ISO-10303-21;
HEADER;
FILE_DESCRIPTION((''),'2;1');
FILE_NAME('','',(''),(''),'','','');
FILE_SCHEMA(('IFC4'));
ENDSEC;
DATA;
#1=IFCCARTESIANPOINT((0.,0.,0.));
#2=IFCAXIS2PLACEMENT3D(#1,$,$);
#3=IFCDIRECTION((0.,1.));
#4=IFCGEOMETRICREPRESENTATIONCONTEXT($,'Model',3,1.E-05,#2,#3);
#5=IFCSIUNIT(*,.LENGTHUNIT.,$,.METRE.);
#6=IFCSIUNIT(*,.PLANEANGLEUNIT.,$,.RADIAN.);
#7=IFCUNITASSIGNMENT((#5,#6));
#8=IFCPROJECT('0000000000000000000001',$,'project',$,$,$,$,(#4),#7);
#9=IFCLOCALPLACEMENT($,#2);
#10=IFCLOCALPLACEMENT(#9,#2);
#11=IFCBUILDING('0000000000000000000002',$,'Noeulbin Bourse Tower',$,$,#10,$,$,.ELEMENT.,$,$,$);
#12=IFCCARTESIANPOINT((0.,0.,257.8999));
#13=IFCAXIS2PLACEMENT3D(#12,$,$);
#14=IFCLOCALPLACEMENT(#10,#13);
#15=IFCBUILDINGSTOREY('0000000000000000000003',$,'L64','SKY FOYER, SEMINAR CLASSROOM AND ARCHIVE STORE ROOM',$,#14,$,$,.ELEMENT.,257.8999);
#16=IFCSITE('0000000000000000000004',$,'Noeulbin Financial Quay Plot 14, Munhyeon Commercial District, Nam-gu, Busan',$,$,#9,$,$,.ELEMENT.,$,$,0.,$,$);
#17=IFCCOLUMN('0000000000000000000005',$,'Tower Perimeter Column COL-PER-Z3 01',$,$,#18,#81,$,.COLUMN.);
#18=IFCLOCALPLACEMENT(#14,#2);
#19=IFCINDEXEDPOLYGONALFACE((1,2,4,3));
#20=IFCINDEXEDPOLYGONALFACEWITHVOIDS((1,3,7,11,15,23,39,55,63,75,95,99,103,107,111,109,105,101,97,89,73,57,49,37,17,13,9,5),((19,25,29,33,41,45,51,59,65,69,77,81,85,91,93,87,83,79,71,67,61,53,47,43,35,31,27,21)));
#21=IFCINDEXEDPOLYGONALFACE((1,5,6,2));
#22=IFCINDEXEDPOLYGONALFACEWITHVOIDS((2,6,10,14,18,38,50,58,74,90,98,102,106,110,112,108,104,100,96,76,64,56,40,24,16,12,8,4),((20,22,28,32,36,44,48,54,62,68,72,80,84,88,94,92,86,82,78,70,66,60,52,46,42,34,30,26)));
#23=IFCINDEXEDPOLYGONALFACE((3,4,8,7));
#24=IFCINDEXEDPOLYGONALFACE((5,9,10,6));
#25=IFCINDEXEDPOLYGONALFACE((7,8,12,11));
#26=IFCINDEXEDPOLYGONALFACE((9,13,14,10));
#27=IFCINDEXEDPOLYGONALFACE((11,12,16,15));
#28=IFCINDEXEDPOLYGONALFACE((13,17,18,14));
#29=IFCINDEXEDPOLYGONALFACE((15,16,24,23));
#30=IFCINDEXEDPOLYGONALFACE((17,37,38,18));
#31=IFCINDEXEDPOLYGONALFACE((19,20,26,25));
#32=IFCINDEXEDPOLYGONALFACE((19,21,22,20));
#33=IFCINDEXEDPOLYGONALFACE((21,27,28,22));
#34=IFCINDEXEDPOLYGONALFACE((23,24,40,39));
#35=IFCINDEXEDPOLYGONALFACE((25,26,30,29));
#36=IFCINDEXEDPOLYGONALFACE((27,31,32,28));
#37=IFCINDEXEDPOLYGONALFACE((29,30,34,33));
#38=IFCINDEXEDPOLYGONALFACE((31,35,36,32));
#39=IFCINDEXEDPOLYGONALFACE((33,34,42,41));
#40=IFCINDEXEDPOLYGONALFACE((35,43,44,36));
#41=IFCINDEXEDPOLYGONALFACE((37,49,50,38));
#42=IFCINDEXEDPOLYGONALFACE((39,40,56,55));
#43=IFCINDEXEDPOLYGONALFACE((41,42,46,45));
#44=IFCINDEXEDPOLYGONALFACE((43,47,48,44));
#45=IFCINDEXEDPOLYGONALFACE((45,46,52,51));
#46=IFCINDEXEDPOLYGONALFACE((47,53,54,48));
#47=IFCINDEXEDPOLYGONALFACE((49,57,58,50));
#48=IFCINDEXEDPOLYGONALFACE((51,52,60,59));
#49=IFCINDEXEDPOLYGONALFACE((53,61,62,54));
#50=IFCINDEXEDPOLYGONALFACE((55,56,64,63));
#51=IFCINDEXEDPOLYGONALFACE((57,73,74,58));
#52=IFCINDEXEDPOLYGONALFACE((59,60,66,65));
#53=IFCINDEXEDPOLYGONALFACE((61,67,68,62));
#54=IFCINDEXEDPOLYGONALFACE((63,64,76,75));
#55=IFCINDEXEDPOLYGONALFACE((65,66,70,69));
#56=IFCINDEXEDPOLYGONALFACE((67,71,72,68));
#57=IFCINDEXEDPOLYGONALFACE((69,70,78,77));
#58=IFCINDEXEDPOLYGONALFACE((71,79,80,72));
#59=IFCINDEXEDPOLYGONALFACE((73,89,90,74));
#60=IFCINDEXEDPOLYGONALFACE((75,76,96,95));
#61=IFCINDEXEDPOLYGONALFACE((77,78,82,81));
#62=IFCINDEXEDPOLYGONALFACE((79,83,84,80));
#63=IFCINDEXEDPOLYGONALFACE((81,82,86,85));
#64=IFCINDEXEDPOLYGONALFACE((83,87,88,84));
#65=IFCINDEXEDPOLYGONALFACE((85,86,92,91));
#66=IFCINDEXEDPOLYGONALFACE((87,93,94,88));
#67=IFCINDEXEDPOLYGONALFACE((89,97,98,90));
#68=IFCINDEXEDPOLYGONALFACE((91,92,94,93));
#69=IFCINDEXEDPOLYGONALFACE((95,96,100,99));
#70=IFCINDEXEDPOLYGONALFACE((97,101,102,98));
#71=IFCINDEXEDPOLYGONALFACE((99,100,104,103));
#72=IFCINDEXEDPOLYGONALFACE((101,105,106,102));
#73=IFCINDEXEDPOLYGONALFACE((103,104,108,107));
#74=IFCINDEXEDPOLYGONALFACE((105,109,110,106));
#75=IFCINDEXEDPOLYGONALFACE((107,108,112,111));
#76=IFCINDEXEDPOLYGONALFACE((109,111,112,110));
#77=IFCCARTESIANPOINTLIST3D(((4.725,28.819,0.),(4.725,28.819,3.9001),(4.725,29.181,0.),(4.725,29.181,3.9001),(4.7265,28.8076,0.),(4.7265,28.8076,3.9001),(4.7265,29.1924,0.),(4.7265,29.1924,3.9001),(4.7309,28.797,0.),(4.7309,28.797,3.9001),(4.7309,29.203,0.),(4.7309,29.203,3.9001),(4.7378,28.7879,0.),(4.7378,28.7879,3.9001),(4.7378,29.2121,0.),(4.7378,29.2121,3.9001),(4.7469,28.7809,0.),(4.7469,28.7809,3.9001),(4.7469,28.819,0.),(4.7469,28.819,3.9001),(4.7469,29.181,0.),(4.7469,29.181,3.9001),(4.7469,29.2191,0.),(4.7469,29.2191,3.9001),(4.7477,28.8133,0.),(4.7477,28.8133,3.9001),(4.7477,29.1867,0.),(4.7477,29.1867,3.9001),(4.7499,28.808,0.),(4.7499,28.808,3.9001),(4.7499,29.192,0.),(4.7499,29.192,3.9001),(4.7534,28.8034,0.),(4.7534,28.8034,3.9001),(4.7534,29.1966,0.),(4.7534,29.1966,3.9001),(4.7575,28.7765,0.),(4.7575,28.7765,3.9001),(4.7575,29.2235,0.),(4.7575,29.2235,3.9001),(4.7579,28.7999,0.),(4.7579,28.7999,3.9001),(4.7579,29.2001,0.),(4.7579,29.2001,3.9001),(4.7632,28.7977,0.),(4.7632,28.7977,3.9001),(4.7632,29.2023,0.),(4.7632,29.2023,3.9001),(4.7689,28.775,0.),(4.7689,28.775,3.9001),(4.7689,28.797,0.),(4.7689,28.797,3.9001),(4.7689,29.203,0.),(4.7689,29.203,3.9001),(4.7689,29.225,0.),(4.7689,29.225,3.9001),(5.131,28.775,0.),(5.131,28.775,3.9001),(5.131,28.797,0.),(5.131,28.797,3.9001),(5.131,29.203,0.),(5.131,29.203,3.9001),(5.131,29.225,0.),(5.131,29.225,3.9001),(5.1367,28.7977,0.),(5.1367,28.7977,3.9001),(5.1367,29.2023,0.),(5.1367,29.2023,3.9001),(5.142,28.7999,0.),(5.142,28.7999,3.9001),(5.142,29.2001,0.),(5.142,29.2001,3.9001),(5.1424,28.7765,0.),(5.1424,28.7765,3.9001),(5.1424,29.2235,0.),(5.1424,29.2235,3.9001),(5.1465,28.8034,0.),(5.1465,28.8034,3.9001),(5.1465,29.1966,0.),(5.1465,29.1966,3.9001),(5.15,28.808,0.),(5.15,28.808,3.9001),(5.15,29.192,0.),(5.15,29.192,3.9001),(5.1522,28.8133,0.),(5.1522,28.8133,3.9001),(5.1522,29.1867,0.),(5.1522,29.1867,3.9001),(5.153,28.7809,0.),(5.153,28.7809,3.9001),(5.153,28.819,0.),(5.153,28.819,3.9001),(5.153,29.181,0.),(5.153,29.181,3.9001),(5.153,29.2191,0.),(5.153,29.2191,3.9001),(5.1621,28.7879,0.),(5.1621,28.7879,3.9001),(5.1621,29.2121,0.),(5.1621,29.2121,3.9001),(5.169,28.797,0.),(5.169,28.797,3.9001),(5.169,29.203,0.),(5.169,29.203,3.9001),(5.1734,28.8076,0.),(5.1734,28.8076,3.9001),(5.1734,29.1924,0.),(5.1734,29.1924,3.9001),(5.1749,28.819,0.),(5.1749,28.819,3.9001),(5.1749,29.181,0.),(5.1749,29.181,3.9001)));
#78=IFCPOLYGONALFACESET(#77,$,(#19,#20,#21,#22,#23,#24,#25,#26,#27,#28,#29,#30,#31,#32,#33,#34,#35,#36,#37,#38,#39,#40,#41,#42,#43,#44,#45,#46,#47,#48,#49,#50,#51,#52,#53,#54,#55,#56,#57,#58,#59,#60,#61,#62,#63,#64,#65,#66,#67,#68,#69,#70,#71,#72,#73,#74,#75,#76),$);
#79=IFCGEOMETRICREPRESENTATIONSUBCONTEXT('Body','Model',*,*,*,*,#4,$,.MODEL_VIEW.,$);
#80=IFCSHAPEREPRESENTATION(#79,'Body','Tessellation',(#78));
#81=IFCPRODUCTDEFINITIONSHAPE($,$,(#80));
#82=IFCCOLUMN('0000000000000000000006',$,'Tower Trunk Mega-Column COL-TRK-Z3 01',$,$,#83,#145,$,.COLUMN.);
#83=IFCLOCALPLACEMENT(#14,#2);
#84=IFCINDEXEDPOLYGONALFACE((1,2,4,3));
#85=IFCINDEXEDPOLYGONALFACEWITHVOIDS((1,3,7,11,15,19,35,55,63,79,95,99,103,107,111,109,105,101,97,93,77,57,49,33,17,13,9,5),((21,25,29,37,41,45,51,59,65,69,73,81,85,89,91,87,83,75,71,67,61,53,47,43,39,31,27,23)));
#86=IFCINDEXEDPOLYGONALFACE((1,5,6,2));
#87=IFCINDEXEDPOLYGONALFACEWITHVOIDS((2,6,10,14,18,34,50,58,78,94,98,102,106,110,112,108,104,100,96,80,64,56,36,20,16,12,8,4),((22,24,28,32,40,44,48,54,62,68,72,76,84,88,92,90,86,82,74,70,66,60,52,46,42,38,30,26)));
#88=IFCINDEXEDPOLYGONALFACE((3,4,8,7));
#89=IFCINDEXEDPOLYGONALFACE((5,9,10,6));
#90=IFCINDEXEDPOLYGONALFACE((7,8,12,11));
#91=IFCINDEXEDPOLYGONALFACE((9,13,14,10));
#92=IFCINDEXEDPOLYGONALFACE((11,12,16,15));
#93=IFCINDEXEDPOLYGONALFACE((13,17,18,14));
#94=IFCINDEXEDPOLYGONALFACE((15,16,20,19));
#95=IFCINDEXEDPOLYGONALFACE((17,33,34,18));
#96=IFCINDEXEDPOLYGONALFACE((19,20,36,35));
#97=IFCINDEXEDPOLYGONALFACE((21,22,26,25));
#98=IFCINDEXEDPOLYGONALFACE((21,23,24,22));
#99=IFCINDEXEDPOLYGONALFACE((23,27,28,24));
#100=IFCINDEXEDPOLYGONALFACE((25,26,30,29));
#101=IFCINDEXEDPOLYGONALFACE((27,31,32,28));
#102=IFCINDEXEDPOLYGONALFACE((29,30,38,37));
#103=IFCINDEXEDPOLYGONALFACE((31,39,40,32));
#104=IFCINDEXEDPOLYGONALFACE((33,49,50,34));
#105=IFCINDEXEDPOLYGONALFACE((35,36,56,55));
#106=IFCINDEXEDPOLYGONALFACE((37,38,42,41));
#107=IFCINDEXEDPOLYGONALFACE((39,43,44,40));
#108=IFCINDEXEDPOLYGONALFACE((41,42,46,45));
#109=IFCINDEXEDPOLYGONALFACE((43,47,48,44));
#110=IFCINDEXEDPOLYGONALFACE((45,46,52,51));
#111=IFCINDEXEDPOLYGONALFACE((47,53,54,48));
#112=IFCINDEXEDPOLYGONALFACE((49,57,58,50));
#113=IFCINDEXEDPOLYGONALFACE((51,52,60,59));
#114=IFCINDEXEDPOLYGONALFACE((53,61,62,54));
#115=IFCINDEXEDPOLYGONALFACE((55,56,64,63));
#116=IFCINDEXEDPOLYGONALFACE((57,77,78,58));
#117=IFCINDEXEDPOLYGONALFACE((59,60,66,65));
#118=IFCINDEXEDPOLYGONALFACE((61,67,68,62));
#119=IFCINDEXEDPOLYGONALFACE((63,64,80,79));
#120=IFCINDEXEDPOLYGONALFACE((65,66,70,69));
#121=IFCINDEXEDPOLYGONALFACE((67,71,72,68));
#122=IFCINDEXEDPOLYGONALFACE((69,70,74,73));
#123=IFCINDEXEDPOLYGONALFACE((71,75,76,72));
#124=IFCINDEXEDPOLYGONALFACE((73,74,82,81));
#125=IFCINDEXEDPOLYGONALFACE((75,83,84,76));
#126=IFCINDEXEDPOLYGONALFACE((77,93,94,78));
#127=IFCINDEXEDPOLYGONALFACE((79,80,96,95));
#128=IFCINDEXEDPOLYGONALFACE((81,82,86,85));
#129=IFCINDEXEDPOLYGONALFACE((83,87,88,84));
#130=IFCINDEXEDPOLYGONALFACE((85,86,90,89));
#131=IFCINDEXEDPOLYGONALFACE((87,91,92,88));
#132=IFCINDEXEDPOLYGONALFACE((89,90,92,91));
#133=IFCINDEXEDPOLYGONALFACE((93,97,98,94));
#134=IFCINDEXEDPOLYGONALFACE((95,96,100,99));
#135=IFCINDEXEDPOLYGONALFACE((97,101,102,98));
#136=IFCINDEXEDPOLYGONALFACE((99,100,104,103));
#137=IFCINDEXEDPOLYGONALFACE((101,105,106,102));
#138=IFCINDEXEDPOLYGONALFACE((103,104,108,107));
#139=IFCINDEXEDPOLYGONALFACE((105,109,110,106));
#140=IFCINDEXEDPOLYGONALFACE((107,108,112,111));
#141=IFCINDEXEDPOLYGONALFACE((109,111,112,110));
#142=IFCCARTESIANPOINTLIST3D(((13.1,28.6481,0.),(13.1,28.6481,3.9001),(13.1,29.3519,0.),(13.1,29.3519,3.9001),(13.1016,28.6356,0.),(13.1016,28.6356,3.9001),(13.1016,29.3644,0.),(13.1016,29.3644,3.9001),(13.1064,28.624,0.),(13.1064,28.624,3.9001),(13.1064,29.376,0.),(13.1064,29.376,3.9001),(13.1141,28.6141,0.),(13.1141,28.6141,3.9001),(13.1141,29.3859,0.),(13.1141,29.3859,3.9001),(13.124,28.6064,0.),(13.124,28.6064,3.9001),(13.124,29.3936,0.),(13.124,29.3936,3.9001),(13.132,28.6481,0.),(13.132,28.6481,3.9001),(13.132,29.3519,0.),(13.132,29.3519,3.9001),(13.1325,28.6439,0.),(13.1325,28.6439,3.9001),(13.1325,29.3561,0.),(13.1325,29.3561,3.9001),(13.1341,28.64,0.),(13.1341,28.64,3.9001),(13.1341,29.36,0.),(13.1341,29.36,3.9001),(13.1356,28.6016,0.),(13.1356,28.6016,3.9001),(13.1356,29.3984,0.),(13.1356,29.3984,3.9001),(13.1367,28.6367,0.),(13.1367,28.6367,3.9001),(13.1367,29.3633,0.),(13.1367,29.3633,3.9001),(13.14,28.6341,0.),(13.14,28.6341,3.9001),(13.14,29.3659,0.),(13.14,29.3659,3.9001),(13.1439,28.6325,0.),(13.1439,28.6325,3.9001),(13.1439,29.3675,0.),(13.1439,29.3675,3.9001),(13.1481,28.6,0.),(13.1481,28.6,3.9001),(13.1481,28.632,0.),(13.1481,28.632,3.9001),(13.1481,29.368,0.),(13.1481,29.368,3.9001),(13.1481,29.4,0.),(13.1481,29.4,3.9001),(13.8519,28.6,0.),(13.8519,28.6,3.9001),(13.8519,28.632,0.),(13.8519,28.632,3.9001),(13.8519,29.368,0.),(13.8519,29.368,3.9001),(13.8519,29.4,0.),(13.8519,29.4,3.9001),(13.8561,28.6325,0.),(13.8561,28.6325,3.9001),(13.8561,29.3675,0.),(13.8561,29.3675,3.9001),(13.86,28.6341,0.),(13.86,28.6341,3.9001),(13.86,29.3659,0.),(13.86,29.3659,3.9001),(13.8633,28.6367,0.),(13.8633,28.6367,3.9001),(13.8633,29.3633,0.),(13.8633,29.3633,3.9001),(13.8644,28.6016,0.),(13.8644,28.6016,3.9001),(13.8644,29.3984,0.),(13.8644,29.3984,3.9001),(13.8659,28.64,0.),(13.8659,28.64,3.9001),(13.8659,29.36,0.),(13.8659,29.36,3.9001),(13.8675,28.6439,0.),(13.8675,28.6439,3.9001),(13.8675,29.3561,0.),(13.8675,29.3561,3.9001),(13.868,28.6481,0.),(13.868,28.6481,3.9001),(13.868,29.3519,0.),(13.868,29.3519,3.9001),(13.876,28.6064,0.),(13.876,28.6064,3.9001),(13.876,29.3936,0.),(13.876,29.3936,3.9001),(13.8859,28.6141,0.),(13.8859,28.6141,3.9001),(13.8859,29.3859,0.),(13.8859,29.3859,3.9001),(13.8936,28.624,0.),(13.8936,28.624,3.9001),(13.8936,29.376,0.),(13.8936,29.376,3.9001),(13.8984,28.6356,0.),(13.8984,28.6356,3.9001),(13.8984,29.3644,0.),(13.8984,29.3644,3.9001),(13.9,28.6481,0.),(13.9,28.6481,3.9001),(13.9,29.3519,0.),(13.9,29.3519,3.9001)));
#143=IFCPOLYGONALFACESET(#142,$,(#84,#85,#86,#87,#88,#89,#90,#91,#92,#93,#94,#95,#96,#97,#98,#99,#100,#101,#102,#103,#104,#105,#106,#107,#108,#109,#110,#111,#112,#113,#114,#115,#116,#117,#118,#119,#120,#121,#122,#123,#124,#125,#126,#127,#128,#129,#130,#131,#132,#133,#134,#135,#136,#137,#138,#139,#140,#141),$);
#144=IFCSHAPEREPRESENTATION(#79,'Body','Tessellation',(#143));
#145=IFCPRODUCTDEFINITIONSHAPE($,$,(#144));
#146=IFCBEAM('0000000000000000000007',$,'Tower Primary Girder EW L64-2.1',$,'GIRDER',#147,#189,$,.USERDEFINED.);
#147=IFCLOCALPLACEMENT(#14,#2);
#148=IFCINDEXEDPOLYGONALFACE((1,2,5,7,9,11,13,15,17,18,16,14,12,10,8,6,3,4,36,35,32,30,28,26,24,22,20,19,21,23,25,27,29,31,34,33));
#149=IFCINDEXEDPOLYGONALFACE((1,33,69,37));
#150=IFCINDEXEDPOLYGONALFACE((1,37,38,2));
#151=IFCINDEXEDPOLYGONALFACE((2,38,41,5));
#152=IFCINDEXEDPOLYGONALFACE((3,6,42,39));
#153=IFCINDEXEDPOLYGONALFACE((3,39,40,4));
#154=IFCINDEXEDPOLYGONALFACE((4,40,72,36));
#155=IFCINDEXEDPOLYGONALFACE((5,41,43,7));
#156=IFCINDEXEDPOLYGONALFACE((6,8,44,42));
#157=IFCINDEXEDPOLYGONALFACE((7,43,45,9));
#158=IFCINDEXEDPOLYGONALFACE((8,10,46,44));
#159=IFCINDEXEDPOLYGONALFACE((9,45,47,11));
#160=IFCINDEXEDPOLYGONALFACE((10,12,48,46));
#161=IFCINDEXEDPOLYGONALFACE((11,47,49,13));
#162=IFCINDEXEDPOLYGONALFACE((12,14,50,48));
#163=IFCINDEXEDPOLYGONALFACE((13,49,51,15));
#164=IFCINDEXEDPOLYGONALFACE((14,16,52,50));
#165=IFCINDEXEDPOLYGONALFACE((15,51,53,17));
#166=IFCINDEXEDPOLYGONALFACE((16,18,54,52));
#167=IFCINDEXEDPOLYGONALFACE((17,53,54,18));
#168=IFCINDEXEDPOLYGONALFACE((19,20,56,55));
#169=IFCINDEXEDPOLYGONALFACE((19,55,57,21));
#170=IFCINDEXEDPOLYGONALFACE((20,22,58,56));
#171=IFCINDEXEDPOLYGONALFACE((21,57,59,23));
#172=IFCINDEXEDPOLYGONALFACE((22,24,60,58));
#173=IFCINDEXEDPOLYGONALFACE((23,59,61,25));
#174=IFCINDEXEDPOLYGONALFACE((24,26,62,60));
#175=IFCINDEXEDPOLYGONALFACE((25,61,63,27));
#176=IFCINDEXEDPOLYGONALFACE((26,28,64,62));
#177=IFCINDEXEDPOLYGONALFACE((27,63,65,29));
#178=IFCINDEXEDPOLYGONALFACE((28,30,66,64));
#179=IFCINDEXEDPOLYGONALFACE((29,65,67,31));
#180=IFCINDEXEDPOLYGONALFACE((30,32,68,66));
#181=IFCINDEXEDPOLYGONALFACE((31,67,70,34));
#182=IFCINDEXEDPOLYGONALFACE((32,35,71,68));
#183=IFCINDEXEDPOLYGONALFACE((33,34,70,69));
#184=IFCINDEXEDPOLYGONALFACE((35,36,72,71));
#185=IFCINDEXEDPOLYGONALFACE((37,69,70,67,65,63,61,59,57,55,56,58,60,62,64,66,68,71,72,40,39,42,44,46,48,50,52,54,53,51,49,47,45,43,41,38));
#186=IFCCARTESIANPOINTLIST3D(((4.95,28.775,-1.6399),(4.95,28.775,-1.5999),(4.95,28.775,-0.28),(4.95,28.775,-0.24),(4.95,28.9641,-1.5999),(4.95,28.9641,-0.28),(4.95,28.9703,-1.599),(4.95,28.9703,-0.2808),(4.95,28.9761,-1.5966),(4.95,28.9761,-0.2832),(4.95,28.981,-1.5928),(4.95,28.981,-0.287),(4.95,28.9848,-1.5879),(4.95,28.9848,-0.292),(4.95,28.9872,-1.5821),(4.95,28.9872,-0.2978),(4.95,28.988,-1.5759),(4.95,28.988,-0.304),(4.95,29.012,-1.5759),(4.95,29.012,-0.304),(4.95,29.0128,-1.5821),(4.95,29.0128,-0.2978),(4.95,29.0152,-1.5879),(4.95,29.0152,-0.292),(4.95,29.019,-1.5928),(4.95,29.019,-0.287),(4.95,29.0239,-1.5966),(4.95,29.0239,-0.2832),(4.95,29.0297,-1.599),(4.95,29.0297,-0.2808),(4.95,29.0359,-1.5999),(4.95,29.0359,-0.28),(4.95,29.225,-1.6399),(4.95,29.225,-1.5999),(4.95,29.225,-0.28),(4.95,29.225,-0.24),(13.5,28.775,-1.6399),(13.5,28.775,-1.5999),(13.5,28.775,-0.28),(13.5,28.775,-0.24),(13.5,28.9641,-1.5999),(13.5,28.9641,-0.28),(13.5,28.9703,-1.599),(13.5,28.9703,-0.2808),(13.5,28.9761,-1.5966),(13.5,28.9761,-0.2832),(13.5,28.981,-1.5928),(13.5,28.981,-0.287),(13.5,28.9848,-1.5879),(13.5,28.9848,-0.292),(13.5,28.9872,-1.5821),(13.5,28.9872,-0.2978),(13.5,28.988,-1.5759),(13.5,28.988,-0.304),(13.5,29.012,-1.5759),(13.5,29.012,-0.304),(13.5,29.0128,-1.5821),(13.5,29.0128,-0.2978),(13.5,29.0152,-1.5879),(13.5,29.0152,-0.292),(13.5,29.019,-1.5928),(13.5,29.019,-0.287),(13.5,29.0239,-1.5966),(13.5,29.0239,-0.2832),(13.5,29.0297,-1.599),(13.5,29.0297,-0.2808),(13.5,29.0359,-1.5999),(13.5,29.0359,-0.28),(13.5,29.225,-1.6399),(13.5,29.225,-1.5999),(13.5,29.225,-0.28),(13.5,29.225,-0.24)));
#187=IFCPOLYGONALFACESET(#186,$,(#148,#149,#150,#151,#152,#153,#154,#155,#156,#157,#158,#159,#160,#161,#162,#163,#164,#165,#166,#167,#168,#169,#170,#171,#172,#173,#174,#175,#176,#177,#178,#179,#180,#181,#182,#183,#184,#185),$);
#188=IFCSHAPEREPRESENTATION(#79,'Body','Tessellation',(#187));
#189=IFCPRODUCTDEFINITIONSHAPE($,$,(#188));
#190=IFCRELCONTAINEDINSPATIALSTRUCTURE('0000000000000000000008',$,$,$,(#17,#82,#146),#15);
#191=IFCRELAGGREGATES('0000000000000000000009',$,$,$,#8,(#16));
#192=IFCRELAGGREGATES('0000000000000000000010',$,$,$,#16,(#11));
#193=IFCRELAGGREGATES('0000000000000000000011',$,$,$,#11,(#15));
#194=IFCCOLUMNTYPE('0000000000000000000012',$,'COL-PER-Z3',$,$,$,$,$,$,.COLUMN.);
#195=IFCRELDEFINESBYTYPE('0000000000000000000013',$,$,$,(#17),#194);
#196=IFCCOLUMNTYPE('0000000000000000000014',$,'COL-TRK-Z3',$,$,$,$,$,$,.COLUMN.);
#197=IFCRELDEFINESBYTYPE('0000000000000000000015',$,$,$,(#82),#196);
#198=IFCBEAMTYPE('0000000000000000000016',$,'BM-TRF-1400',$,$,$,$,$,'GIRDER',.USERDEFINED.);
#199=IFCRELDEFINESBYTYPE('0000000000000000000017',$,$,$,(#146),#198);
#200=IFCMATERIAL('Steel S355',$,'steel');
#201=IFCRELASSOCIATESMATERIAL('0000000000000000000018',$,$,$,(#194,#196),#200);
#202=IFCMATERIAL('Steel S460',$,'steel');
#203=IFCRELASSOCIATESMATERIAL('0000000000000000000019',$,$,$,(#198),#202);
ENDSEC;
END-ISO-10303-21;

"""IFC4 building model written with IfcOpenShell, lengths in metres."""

from ifc_helpers import new_model, si_unit, direction, frame, origin, origin_2d, place, context, subcontext, project, spatial, hollow_rectangle, i_section, extrude, material, material_profile, profile_set, type_object, element, save


model = new_model("IFC4")

# Units and contexts
model_context = context("Model", 3, precision=1e-05, world=origin(), true_north=direction((0.0, 1.0)))
body_context = subcontext(model_context, "Body", "Model", "MODEL_VIEW")
ifc_project = project(units=[si_unit("LENGTHUNIT", "METRE"), si_unit("PLANEANGLEUNIT", "RADIAN")], contexts=[model_context])

# Site, building, storey
site_placement = place(None, origin())
site = spatial("IfcSite", under=ifc_project, at=site_placement, Name="Noeulbin Financial Quay Plot 14, Munhyeon Commercial District, Nam-gu, Busan", CompositionType="ELEMENT", RefElevation=0.0)
building_placement = place(site_placement, origin())
building = spatial("IfcBuilding", under=site, at=building_placement, Name="Noeulbin Bourse Tower", CompositionType="ELEMENT")
storey_placement = place(building_placement, frame((0.0, 0.0, 257.8999)))
storey = spatial("IfcBuildingStorey", under=building, at=storey_placement, Name="L64", Description="SKY FOYER, SEMINAR CLASSROOM AND ARCHIVE STORE ROOM", CompositionType="ELEMENT", Elevation=257.8999)

# Columns
ifc_material_1 = material(Name="Steel S355", Category="steel")
ifc_material_profile_1 = material_profile(ifc_material_1, hollow_rectangle(XDim=0.45, YDim=0.45, WallThickness=0.022, InnerFilletRadius=0.022, OuterFilletRadius=0.0439, at=origin_2d()), Name="SHS-450x450x22", Category="LoadBearing")
ifc_profile_set_1 = profile_set([ifc_material_profile_1], Name="Steel S355")
column_type_1 = type_object("IfcColumnType", Name="COL-PER-Z3", PredefinedType="COLUMN", material=ifc_profile_set_1)
column_1_placement = place(storey_placement, frame((4.95, 29.0, 0.0), z_axis=(0.0, 0.0, 1.0), x_axis=(1.0, 0.0, 0.0)))
element("IfcColumn", 1, at=column_1_placement, inside=storey, type_object=column_type_1, Name="Tower Perimeter Column COL-PER-Z3 01", PredefinedType="COLUMN", context=body_context, shape_type="SweptSolid", body=[
    extrude(hollow_rectangle(XDim=0.45, YDim=0.45, WallThickness=0.022, InnerFilletRadius=0.022, OuterFilletRadius=0.0439, at=origin_2d()), origin(), (0.0, 0.0, 1.0), 3.9001),
])
ifc_material_profile_2 = material_profile(ifc_material_1, hollow_rectangle(XDim=0.8, YDim=0.8, WallThickness=0.032, InnerFilletRadius=0.0161, OuterFilletRadius=0.0481, at=origin_2d()), Name="BOX-800x800x32", Category="LoadBearing")
ifc_profile_set_2 = profile_set([ifc_material_profile_2], Name="Steel S355")
column_type_2 = type_object("IfcColumnType", Name="COL-TRK-Z3", PredefinedType="COLUMN", material=ifc_profile_set_2)
column_2_placement = place(storey_placement, frame((13.5, 29.0, 0.0), z_axis=(0.0, 0.0, 1.0), x_axis=(1.0, 0.0, 0.0)))
element("IfcColumn", 2, at=column_2_placement, inside=storey, type_object=column_type_2, Name="Tower Trunk Mega-Column COL-TRK-Z3 01", PredefinedType="COLUMN", context=body_context, shape_type="SweptSolid", body=[
    extrude(hollow_rectangle(XDim=0.8, YDim=0.8, WallThickness=0.032, InnerFilletRadius=0.0161, OuterFilletRadius=0.0481, at=origin_2d()), origin(), (0.0, 0.0, 1.0), 3.9001),
])

# Beam
ifc_material_2 = material(Name="Steel S460", Category="steel")
ifc_material_profile_3 = material_profile(ifc_material_2, i_section(OverallWidth=0.45, OverallDepth=1.3999, WebThickness=0.0239, FlangeThickness=0.04, FilletRadius=0.0239, at=origin_2d()), Name="PG-1400x450x24x40", Category="LoadBearing")
ifc_profile_set_3 = profile_set([ifc_material_profile_3], Name="Steel S460")
beam_type = type_object("IfcBeamType", Name="BM-TRF-1400", ElementType="GIRDER", PredefinedType="USERDEFINED", material=ifc_profile_set_3)
beam_placement = place(storey_placement, frame((4.95, 29.0, -0.9399), z_axis=(1.0, 0.0, 0.0), x_axis=(0.0, 1.0, 0.0)))
element("IfcBeam", 3, at=beam_placement, inside=storey, type_object=beam_type, Name="Tower Primary Girder EW L64-2.1", ObjectType="GIRDER", PredefinedType="USERDEFINED", context=body_context, shape_type="SweptSolid", body=[
    extrude(i_section(OverallWidth=0.45, OverallDepth=1.3999, WebThickness=0.0239, FlangeThickness=0.04, FilletRadius=0.0239, at=origin_2d()), origin(), (0.0, 0.0, 1.0), 8.55),
])

save(model, "model.ifc")
